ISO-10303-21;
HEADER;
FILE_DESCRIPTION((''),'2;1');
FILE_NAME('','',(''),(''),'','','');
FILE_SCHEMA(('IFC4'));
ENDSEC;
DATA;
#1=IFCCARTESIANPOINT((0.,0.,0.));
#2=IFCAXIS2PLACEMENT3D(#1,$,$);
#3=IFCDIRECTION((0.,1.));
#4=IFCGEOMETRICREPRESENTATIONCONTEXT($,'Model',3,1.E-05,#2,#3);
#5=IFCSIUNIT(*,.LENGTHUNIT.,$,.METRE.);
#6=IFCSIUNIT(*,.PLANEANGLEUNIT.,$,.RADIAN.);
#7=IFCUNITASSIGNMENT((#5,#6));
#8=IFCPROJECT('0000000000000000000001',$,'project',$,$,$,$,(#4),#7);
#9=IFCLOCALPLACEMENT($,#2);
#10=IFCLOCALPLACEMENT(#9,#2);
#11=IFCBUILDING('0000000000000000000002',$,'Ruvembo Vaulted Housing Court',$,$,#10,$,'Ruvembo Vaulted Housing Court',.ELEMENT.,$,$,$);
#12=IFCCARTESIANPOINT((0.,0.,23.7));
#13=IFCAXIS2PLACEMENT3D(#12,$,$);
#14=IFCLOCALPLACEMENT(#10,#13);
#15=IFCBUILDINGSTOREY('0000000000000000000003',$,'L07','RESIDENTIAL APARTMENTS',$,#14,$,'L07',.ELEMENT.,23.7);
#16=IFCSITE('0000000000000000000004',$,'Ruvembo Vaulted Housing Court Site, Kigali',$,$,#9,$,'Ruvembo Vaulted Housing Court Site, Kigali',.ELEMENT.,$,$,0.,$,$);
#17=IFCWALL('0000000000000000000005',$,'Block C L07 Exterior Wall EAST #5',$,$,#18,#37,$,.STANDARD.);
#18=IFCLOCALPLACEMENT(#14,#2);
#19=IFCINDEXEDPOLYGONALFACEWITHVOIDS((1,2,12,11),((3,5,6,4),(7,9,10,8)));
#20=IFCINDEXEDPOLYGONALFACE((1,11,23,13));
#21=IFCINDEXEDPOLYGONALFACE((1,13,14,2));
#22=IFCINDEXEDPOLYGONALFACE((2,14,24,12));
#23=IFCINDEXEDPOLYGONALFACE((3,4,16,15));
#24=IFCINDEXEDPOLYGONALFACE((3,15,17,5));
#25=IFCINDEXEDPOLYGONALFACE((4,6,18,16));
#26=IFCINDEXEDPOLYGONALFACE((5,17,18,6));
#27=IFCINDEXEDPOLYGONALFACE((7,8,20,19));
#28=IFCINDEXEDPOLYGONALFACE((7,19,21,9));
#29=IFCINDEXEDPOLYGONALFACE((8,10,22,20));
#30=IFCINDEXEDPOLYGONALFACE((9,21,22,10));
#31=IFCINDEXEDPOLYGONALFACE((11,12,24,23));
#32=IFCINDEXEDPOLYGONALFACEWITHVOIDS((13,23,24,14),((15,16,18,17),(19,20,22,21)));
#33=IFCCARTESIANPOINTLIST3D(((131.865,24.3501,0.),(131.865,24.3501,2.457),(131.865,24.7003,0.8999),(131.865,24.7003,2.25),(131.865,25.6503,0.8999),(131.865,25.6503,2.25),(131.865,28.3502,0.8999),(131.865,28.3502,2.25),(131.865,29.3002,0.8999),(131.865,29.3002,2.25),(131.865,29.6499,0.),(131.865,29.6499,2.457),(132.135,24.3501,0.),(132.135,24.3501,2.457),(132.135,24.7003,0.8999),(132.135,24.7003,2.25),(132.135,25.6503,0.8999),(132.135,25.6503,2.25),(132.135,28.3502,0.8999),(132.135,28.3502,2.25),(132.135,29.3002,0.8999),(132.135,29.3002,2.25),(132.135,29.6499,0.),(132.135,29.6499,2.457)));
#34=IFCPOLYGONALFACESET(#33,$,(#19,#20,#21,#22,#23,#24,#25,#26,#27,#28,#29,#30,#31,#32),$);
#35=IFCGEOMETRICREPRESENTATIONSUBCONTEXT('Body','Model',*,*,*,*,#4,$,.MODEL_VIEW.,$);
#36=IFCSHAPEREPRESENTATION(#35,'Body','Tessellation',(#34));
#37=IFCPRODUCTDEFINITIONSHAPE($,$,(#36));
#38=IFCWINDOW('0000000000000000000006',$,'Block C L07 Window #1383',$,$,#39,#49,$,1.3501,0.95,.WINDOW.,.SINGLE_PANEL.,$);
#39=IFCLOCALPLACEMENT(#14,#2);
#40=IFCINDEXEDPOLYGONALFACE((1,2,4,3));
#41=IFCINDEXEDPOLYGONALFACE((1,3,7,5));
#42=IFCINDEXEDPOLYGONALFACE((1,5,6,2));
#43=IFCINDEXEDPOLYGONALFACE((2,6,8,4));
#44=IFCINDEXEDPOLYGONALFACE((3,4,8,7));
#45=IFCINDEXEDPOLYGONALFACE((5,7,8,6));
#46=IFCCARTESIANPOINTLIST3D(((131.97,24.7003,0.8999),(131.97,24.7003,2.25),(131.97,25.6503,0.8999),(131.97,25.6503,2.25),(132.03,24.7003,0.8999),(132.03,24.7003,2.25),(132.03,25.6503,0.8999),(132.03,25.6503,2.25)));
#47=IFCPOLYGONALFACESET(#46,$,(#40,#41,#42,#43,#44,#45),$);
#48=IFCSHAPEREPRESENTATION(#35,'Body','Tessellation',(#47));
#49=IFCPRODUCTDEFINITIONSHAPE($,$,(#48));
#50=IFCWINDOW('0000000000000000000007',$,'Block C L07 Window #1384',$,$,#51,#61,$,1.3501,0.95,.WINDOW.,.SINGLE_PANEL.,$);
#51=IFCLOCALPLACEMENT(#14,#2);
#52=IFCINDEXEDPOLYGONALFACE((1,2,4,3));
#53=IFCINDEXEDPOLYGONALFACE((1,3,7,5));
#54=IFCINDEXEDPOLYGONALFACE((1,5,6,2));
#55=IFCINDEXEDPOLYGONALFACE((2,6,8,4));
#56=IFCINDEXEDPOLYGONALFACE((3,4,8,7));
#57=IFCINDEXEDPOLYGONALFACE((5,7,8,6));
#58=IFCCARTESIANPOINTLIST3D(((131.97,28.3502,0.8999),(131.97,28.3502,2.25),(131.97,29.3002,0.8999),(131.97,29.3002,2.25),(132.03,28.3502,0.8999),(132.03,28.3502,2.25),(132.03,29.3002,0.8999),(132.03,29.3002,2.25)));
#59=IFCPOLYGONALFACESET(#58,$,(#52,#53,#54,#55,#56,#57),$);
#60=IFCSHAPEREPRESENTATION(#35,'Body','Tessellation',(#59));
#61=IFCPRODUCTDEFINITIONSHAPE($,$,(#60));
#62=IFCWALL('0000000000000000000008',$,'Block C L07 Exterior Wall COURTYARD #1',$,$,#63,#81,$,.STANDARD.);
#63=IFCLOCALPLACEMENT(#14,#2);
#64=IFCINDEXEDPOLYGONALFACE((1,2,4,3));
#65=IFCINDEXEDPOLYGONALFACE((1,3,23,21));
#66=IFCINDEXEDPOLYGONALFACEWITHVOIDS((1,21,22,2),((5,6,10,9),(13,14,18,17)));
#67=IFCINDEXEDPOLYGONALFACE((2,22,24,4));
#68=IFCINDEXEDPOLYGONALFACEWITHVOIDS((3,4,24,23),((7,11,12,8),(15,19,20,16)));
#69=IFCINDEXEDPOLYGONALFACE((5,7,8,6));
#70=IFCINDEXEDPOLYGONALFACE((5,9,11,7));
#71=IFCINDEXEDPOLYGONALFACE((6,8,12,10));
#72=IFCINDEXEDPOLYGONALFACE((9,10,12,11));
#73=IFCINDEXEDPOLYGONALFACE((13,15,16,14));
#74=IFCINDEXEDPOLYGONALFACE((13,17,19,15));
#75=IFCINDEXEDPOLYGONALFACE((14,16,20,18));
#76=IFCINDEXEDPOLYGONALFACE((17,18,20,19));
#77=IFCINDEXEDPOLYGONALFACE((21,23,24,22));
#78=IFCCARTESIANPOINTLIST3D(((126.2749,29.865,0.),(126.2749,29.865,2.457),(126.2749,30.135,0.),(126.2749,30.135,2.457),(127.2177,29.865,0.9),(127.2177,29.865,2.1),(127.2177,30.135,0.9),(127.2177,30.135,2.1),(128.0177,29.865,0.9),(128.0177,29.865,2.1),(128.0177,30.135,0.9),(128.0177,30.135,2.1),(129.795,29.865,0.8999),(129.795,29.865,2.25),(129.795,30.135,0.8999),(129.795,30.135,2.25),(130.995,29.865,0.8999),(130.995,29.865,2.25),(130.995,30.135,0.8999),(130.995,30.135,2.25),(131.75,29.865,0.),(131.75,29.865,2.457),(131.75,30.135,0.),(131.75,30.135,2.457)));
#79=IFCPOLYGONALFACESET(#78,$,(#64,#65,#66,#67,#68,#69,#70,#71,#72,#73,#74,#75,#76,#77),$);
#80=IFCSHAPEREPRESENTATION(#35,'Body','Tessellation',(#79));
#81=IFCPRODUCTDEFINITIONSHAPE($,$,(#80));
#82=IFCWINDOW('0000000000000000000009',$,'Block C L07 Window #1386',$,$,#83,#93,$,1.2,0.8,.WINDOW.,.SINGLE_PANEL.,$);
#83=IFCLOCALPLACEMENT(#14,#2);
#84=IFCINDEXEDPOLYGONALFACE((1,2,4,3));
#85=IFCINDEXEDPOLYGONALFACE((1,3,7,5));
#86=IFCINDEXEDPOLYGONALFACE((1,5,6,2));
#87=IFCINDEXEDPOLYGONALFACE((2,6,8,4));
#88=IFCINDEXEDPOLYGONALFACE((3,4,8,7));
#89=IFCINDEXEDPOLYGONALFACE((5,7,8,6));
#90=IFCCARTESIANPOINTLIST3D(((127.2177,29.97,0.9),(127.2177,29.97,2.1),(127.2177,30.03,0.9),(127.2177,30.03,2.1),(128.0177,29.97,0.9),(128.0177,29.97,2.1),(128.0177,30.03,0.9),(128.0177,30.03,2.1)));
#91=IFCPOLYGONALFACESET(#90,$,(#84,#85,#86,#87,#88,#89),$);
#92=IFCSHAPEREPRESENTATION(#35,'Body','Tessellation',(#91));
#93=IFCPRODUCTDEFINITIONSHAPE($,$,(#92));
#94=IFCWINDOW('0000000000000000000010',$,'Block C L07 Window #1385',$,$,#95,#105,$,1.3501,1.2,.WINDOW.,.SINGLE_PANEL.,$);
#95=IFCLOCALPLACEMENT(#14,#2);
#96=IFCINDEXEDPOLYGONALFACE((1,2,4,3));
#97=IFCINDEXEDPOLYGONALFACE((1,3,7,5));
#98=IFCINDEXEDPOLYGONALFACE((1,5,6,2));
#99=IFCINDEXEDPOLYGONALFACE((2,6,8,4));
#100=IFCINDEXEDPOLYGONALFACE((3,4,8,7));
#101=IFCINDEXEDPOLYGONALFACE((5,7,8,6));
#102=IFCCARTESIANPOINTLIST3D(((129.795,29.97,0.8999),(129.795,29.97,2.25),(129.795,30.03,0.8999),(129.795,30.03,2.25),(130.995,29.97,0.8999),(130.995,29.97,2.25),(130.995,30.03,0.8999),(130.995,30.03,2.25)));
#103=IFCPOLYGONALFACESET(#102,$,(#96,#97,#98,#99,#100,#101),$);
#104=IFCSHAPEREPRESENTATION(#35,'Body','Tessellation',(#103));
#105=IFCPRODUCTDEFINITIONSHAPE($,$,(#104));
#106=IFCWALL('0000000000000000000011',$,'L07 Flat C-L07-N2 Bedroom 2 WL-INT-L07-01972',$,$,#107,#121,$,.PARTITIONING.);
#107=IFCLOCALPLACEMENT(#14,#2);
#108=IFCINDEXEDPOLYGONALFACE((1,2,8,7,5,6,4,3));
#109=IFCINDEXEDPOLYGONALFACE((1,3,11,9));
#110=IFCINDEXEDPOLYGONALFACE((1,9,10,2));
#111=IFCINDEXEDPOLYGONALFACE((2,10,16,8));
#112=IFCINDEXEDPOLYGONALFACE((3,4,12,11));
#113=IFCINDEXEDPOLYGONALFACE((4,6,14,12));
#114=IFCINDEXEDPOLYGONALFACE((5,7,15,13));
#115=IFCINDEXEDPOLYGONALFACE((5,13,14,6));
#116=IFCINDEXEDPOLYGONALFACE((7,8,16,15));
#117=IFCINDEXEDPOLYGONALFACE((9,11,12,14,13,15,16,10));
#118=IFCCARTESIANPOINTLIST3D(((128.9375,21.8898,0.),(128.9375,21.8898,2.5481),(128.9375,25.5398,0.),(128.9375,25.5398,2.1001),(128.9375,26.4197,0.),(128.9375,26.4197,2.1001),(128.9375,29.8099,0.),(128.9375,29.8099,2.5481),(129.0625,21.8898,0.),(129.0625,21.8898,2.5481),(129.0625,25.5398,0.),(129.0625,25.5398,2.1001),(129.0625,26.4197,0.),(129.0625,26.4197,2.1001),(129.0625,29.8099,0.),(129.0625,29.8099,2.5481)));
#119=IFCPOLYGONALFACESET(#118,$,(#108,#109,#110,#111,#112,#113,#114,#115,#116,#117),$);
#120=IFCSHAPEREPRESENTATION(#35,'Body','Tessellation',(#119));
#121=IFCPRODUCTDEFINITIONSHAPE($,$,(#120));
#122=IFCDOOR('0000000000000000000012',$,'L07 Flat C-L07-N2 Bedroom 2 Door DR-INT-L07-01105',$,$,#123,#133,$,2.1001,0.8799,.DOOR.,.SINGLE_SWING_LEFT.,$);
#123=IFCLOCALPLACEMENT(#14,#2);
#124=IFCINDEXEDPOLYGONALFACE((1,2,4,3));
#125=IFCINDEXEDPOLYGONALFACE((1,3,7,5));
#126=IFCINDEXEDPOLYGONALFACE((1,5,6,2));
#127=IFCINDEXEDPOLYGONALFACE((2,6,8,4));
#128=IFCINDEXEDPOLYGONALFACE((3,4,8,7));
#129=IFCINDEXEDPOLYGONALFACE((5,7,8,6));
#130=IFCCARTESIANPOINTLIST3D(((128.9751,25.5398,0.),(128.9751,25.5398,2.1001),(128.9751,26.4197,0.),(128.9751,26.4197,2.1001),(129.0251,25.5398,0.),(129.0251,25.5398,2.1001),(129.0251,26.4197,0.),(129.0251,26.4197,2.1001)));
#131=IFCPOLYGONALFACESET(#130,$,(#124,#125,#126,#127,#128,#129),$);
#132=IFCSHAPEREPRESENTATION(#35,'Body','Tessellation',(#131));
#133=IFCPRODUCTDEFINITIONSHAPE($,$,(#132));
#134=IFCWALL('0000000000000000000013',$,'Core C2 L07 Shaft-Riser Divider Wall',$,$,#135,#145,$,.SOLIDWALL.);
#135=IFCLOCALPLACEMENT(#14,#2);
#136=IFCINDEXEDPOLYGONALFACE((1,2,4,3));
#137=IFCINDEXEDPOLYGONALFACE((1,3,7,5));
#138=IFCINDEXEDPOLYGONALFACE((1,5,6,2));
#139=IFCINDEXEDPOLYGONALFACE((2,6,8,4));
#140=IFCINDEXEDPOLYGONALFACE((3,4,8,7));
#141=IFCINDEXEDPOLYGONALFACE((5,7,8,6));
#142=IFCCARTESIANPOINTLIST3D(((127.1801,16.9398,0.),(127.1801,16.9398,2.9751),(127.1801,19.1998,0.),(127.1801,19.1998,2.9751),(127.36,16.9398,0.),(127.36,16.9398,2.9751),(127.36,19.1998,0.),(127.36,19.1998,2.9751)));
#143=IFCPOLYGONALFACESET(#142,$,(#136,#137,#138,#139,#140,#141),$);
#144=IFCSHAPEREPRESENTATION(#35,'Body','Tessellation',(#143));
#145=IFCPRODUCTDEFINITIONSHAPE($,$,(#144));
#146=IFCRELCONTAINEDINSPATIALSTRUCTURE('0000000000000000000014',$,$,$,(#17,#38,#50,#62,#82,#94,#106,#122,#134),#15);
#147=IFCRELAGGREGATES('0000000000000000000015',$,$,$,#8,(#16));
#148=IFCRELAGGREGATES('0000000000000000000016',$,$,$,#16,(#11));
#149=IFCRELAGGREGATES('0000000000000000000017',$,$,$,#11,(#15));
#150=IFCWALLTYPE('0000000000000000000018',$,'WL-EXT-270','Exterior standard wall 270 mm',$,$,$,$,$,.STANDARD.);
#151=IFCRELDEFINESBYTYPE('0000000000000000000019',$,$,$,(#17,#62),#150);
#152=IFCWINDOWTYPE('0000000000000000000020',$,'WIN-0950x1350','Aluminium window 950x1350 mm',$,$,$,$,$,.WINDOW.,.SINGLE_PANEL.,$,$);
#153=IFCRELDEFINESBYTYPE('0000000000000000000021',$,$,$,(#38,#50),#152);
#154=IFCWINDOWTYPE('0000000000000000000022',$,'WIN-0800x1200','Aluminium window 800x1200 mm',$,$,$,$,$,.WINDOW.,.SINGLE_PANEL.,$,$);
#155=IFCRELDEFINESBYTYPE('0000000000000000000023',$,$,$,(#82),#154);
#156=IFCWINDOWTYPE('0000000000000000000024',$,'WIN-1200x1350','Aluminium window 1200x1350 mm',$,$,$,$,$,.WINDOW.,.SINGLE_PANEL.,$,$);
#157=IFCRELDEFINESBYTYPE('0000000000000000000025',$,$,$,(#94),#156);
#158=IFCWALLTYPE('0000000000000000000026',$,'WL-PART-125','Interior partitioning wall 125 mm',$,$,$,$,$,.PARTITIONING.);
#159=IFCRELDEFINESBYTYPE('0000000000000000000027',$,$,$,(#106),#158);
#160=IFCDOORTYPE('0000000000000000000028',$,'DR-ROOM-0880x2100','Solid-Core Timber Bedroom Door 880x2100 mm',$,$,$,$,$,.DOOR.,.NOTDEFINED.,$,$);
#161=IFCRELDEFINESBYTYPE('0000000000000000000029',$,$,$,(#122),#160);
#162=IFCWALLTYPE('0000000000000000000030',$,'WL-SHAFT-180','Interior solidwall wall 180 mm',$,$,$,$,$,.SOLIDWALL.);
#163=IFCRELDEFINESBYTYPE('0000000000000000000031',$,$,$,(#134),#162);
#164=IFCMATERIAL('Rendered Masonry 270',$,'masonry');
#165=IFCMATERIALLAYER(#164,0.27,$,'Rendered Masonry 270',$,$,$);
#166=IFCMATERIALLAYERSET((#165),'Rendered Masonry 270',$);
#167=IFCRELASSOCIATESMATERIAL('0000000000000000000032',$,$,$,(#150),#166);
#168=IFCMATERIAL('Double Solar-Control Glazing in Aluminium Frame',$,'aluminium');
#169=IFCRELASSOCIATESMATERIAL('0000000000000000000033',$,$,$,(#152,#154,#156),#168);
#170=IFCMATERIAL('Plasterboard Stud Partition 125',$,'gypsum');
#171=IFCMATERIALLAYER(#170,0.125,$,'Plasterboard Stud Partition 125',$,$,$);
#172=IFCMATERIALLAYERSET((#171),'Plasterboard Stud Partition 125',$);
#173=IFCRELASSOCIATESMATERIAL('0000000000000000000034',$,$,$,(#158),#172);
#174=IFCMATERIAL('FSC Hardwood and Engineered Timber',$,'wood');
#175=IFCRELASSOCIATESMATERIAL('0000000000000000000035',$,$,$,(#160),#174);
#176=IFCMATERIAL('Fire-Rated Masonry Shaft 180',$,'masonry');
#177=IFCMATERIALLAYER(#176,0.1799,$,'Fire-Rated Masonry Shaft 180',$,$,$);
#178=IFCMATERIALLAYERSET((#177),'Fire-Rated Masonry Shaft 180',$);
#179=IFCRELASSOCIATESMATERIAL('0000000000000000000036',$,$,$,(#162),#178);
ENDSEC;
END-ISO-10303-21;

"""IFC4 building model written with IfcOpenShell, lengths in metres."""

from ifc_helpers import new_model, si_unit, direction, frame, frame_2d, origin, place, context, subcontext, project, spatial, rectangle, extrude, material, layer, layer_set, type_object, element, fill, save


model = new_model("IFC4")

# Units and contexts
model_context = context("Model", 3, precision=1e-05, world=origin(), true_north=direction((0.0, 1.0)))
body_context = subcontext(model_context, "Body", "Model", "MODEL_VIEW")
ifc_project = project(units=[si_unit("LENGTHUNIT", "METRE"), si_unit("PLANEANGLEUNIT", "RADIAN")], contexts=[model_context])

# Site, building, storey
site_placement = place(None, origin())
site = spatial("IfcSite", under=ifc_project, at=site_placement, Name="Ruvembo Vaulted Housing Court Site, Kigali", LongName="Ruvembo Vaulted Housing Court Site, Kigali", CompositionType="ELEMENT", RefElevation=0.0)
building_placement = place(site_placement, origin())
building = spatial("IfcBuilding", under=site, at=building_placement, Name="Ruvembo Vaulted Housing Court", LongName="Ruvembo Vaulted Housing Court", CompositionType="ELEMENT")
storey_placement = place(building_placement, frame((0.0, 0.0, 23.7)))
storey = spatial("IfcBuildingStorey", under=building, at=storey_placement, Name="L07", Description="RESIDENTIAL APARTMENTS", LongName="L07", CompositionType="ELEMENT", Elevation=23.7)

# Walls, openings, windows
ifc_material_1 = material(Name="Rendered Masonry 270", Category="masonry")
ifc_layer_1 = layer(ifc_material_1, 0.27, Name="Rendered Masonry 270")
ifc_layer_set_1 = layer_set([ifc_layer_1], Name="Rendered Masonry 270")
wall_type_1 = type_object("IfcWallType", Name="WL-EXT-270", Description="Exterior standard wall 270 mm", PredefinedType="STANDARD", material=ifc_layer_set_1)
ifc_material_2 = material(Name="Double Solar-Control Glazing in Aluminium Frame", Category="aluminium")
wall_1_placement = place(storey_placement, frame((132.0, 24.3501, 0.0), z_axis=(0.0, 0.0, 1.0), x_axis=(0.0, 1.0, 0.0)))
wall_1 = element("IfcWall", 1, at=wall_1_placement, inside=storey, type_object=wall_type_1, Name="Block C L07 Exterior Wall EAST #5", PredefinedType="STANDARD", context=body_context, shape_type="SweptSolid", body=[
    extrude(rectangle(XDim=5.2998, YDim=0.27, at=frame_2d((2.6499, 0.0))), origin(), (0.0, 0.0, 1.0), 2.457),
])
opening_1_placement = place(wall_1_placement, frame((0.3501, 0.0, 0.8999)))
opening_1 = element("IfcOpeningElement", 2, at=opening_1_placement, cuts=wall_1, PredefinedType="OPENING", context=body_context, shape_type="SweptSolid", body=[
    extrude(rectangle(XDim=0.95, YDim=1.3501, at=frame_2d((0.4751, 0.675))), frame((0.0, 0.145, 0.0), z_axis=(0.0, -1.0, 0.0), x_axis=(1.0, 0.0, 0.0)), (0.0, 0.0, 1.0), 0.29),
])
opening_2_placement = place(wall_1_placement, frame((4.0, 0.0, 0.8999)))
opening_2 = element("IfcOpeningElement", 3, at=opening_2_placement, cuts=wall_1, PredefinedType="OPENING", context=body_context, shape_type="SweptSolid", body=[
    extrude(rectangle(XDim=0.95, YDim=1.3501, at=frame_2d((0.4751, 0.675))), frame((0.0, 0.145, 0.0), z_axis=(0.0, -1.0, 0.0), x_axis=(1.0, 0.0, 0.0)), (0.0, 0.0, 1.0), 0.29),
])
window_type_1 = type_object("IfcWindowType", Name="WIN-0950x1350", Description="Aluminium window 950x1350 mm", PartitioningType="SINGLE_PANEL", PredefinedType="WINDOW", material=ifc_material_2)
window_1_placement = place(opening_1_placement, origin())
window_1 = element("IfcWindow", 4, at=window_1_placement, inside=storey, type_object=window_type_1, Name="Block C L07 Window #1383", OverallHeight=1.3501, OverallWidth=0.95, PartitioningType="SINGLE_PANEL", PredefinedType="WINDOW", context=body_context, shape_type="SweptSolid", body=[
    extrude(rectangle(XDim=0.95, YDim=1.3501, at=frame_2d((0.4751, 0.675))), frame((0.0, 0.03, 0.0), z_axis=(0.0, -1.0, 0.0), x_axis=(1.0, 0.0, 0.0)), (0.0, 0.0, 1.0), 0.0601),
])
fill(opening_1, window_1)
window_2_placement = place(opening_2_placement, origin())
window_2 = element("IfcWindow", 5, at=window_2_placement, inside=storey, type_object=window_type_1, Name="Block C L07 Window #1384", OverallHeight=1.3501, OverallWidth=0.95, PartitioningType="SINGLE_PANEL", PredefinedType="WINDOW", context=body_context, shape_type="SweptSolid", body=[
    extrude(rectangle(XDim=0.95, YDim=1.3501, at=frame_2d((0.4751, 0.675))), frame((0.0, 0.03, 0.0), z_axis=(0.0, -1.0, 0.0), x_axis=(1.0, 0.0, 0.0)), (0.0, 0.0, 1.0), 0.0601),
])
fill(opening_2, window_2)
wall_2_placement = place(storey_placement, frame((131.75, 30.0, 0.0), z_axis=(0.0, 0.0, 1.0), x_axis=(-1.0, 0.0, 0.0)))
wall_2 = element("IfcWall", 6, at=wall_2_placement, inside=storey, type_object=wall_type_1, Name="Block C L07 Exterior Wall COURTYARD #1", PredefinedType="STANDARD", context=body_context, shape_type="SweptSolid", body=[
    extrude(rectangle(XDim=5.4751, YDim=0.27, at=frame_2d((2.7375, 0.0))), origin(), (0.0, 0.0, 1.0), 2.457),
])
opening_3_placement = place(wall_2_placement, frame((0.7549, 0.0, 0.8999)))
opening_3 = element("IfcOpeningElement", 7, at=opening_3_placement, cuts=wall_2, PredefinedType="OPENING", context=body_context, shape_type="SweptSolid", body=[
    extrude(rectangle(XDim=1.2, YDim=1.3501, at=frame_2d((0.6001, 0.675))), frame((0.0, 0.145, 0.0), z_axis=(0.0, -1.0, 0.0), x_axis=(1.0, 0.0, 0.0)), (0.0, 0.0, 1.0), 0.29),
])
opening_4_placement = place(wall_2_placement, frame((3.7324, 0.0, 0.8999)))
opening_4 = element("IfcOpeningElement", 8, at=opening_4_placement, cuts=wall_2, PredefinedType="OPENING", context=body_context, shape_type="SweptSolid", body=[
    extrude(rectangle(XDim=0.8, YDim=1.2, at=frame_2d((0.3999, 0.6001))), frame((0.0, 0.145, 0.0), z_axis=(0.0, -1.0, 0.0), x_axis=(1.0, 0.0, 0.0)), (0.0, 0.0, 1.0), 0.29),
])
window_type_2 = type_object("IfcWindowType", Name="WIN-0800x1200", Description="Aluminium window 800x1200 mm", PartitioningType="SINGLE_PANEL", PredefinedType="WINDOW", material=ifc_material_2)
window_3_placement = place(opening_4_placement, origin())
window_3 = element("IfcWindow", 9, at=window_3_placement, inside=storey, type_object=window_type_2, Name="Block C L07 Window #1386", OverallHeight=1.2, OverallWidth=0.8, PartitioningType="SINGLE_PANEL", PredefinedType="WINDOW", context=body_context, shape_type="SweptSolid", body=[
    extrude(rectangle(XDim=0.8, YDim=1.2, at=frame_2d((0.3999, 0.6001))), frame((0.0, 0.03, 0.0), z_axis=(0.0, -1.0, 0.0), x_axis=(1.0, 0.0, 0.0)), (0.0, 0.0, 1.0), 0.0601),
])
fill(opening_4, window_3)
window_type_3 = type_object("IfcWindowType", Name="WIN-1200x1350", Description="Aluminium window 1200x1350 mm", PartitioningType="SINGLE_PANEL", PredefinedType="WINDOW", material=ifc_material_2)
window_4_placement = place(opening_3_placement, origin())
window_4 = element("IfcWindow", 10, at=window_4_placement, inside=storey, type_object=window_type_3, Name="Block C L07 Window #1385", OverallHeight=1.3501, OverallWidth=1.2, PartitioningType="SINGLE_PANEL", PredefinedType="WINDOW", context=body_context, shape_type="SweptSolid", body=[
    extrude(rectangle(XDim=1.2, YDim=1.3501, at=frame_2d((0.6001, 0.675))), frame((0.0, 0.03, 0.0), z_axis=(0.0, -1.0, 0.0), x_axis=(1.0, 0.0, 0.0)), (0.0, 0.0, 1.0), 0.0601),
])
fill(opening_3, window_4)

# Wall, opening, door
ifc_material_3 = material(Name="Plasterboard Stud Partition 125", Category="gypsum")
ifc_layer_2 = layer(ifc_material_3, 0.125, Name="Plasterboard Stud Partition 125")
ifc_layer_set_2 = layer_set([ifc_layer_2], Name="Plasterboard Stud Partition 125")
wall_type_2 = type_object("IfcWallType", Name="WL-PART-125", Description="Interior partitioning wall 125 mm", PredefinedType="PARTITIONING", material=ifc_layer_set_2)
wall_3_placement = place(storey_placement, frame((129.0, 21.8899, 0.0), z_axis=(0.0, 0.0, 1.0), x_axis=(0.0, 1.0, 0.0)))
wall_3 = element("IfcWall", 11, at=wall_3_placement, inside=storey, type_object=wall_type_2, Name="L07 Flat C-L07-N2 Bedroom 2 WL-INT-L07-01972", PredefinedType="PARTITIONING", context=body_context, shape_type="SweptSolid", body=[
    extrude(rectangle(XDim=7.9202, YDim=0.125, at=frame_2d((3.96, 0.0))), origin(), (0.0, 0.0, 1.0), 2.5481),
])
opening_5_placement = place(wall_3_placement, frame((3.6499, 0.0, 0.0)))
opening_5 = element("IfcOpeningElement", 12, at=opening_5_placement, cuts=wall_3, PredefinedType="OPENING", context=body_context, shape_type="SweptSolid", body=[
    extrude(rectangle(XDim=0.8799, YDim=2.1001, at=frame_2d((0.4399, 1.05))), frame((0.0, 0.0725, 0.0), z_axis=(0.0, -1.0, 0.0), x_axis=(1.0, 0.0, 0.0)), (0.0, 0.0, 1.0), 0.145),
])
ifc_material_4 = material(Name="FSC Hardwood and Engineered Timber", Category="wood")
door_type = type_object("IfcDoorType", Name="DR-ROOM-0880x2100", Description="Solid-Core Timber Bedroom Door 880x2100 mm", OperationType="NOTDEFINED", PredefinedType="DOOR", material=ifc_material_4)
door_placement = place(opening_5_placement, origin())
door = element("IfcDoor", 13, at=door_placement, inside=storey, type_object=door_type, Name="L07 Flat C-L07-N2 Bedroom 2 Door DR-INT-L07-01105", OperationType="SINGLE_SWING_LEFT", OverallHeight=2.1001, OverallWidth=0.8799, PredefinedType="DOOR", context=body_context, shape_type="SweptSolid", body=[
    extrude(rectangle(XDim=0.8799, YDim=2.1001, at=frame_2d((0.4399, 1.05))), frame((0.0, 0.0249, 0.0), z_axis=(0.0, -1.0, 0.0), x_axis=(1.0, 0.0, 0.0)), (0.0, 0.0, 1.0), 0.05),
])
fill(opening_5, door)

# Wall
ifc_material_5 = material(Name="Fire-Rated Masonry Shaft 180", Category="masonry")
ifc_layer_3 = layer(ifc_material_5, 0.1799, Name="Fire-Rated Masonry Shaft 180")
ifc_layer_set_3 = layer_set([ifc_layer_3], Name="Fire-Rated Masonry Shaft 180")
wall_type_3 = type_object("IfcWallType", Name="WL-SHAFT-180", Description="Interior solidwall wall 180 mm", PredefinedType="SOLIDWALL", material=ifc_layer_set_3)
wall_4_placement = place(storey_placement, frame((127.27, 16.9399, 0.0), z_axis=(0.0, 0.0, 1.0), x_axis=(0.0, 1.0, 0.0)))
element("IfcWall", 14, at=wall_4_placement, inside=storey, type_object=wall_type_3, Name="Core C2 L07 Shaft-Riser Divider Wall", PredefinedType="SOLIDWALL", context=body_context, shape_type="SweptSolid", body=[
    extrude(rectangle(XDim=2.26, YDim=0.1799, at=frame_2d((1.1299, 0.0))), origin(), (0.0, 0.0, 1.0), 2.9751),
])

save(model, "model.ifc")
